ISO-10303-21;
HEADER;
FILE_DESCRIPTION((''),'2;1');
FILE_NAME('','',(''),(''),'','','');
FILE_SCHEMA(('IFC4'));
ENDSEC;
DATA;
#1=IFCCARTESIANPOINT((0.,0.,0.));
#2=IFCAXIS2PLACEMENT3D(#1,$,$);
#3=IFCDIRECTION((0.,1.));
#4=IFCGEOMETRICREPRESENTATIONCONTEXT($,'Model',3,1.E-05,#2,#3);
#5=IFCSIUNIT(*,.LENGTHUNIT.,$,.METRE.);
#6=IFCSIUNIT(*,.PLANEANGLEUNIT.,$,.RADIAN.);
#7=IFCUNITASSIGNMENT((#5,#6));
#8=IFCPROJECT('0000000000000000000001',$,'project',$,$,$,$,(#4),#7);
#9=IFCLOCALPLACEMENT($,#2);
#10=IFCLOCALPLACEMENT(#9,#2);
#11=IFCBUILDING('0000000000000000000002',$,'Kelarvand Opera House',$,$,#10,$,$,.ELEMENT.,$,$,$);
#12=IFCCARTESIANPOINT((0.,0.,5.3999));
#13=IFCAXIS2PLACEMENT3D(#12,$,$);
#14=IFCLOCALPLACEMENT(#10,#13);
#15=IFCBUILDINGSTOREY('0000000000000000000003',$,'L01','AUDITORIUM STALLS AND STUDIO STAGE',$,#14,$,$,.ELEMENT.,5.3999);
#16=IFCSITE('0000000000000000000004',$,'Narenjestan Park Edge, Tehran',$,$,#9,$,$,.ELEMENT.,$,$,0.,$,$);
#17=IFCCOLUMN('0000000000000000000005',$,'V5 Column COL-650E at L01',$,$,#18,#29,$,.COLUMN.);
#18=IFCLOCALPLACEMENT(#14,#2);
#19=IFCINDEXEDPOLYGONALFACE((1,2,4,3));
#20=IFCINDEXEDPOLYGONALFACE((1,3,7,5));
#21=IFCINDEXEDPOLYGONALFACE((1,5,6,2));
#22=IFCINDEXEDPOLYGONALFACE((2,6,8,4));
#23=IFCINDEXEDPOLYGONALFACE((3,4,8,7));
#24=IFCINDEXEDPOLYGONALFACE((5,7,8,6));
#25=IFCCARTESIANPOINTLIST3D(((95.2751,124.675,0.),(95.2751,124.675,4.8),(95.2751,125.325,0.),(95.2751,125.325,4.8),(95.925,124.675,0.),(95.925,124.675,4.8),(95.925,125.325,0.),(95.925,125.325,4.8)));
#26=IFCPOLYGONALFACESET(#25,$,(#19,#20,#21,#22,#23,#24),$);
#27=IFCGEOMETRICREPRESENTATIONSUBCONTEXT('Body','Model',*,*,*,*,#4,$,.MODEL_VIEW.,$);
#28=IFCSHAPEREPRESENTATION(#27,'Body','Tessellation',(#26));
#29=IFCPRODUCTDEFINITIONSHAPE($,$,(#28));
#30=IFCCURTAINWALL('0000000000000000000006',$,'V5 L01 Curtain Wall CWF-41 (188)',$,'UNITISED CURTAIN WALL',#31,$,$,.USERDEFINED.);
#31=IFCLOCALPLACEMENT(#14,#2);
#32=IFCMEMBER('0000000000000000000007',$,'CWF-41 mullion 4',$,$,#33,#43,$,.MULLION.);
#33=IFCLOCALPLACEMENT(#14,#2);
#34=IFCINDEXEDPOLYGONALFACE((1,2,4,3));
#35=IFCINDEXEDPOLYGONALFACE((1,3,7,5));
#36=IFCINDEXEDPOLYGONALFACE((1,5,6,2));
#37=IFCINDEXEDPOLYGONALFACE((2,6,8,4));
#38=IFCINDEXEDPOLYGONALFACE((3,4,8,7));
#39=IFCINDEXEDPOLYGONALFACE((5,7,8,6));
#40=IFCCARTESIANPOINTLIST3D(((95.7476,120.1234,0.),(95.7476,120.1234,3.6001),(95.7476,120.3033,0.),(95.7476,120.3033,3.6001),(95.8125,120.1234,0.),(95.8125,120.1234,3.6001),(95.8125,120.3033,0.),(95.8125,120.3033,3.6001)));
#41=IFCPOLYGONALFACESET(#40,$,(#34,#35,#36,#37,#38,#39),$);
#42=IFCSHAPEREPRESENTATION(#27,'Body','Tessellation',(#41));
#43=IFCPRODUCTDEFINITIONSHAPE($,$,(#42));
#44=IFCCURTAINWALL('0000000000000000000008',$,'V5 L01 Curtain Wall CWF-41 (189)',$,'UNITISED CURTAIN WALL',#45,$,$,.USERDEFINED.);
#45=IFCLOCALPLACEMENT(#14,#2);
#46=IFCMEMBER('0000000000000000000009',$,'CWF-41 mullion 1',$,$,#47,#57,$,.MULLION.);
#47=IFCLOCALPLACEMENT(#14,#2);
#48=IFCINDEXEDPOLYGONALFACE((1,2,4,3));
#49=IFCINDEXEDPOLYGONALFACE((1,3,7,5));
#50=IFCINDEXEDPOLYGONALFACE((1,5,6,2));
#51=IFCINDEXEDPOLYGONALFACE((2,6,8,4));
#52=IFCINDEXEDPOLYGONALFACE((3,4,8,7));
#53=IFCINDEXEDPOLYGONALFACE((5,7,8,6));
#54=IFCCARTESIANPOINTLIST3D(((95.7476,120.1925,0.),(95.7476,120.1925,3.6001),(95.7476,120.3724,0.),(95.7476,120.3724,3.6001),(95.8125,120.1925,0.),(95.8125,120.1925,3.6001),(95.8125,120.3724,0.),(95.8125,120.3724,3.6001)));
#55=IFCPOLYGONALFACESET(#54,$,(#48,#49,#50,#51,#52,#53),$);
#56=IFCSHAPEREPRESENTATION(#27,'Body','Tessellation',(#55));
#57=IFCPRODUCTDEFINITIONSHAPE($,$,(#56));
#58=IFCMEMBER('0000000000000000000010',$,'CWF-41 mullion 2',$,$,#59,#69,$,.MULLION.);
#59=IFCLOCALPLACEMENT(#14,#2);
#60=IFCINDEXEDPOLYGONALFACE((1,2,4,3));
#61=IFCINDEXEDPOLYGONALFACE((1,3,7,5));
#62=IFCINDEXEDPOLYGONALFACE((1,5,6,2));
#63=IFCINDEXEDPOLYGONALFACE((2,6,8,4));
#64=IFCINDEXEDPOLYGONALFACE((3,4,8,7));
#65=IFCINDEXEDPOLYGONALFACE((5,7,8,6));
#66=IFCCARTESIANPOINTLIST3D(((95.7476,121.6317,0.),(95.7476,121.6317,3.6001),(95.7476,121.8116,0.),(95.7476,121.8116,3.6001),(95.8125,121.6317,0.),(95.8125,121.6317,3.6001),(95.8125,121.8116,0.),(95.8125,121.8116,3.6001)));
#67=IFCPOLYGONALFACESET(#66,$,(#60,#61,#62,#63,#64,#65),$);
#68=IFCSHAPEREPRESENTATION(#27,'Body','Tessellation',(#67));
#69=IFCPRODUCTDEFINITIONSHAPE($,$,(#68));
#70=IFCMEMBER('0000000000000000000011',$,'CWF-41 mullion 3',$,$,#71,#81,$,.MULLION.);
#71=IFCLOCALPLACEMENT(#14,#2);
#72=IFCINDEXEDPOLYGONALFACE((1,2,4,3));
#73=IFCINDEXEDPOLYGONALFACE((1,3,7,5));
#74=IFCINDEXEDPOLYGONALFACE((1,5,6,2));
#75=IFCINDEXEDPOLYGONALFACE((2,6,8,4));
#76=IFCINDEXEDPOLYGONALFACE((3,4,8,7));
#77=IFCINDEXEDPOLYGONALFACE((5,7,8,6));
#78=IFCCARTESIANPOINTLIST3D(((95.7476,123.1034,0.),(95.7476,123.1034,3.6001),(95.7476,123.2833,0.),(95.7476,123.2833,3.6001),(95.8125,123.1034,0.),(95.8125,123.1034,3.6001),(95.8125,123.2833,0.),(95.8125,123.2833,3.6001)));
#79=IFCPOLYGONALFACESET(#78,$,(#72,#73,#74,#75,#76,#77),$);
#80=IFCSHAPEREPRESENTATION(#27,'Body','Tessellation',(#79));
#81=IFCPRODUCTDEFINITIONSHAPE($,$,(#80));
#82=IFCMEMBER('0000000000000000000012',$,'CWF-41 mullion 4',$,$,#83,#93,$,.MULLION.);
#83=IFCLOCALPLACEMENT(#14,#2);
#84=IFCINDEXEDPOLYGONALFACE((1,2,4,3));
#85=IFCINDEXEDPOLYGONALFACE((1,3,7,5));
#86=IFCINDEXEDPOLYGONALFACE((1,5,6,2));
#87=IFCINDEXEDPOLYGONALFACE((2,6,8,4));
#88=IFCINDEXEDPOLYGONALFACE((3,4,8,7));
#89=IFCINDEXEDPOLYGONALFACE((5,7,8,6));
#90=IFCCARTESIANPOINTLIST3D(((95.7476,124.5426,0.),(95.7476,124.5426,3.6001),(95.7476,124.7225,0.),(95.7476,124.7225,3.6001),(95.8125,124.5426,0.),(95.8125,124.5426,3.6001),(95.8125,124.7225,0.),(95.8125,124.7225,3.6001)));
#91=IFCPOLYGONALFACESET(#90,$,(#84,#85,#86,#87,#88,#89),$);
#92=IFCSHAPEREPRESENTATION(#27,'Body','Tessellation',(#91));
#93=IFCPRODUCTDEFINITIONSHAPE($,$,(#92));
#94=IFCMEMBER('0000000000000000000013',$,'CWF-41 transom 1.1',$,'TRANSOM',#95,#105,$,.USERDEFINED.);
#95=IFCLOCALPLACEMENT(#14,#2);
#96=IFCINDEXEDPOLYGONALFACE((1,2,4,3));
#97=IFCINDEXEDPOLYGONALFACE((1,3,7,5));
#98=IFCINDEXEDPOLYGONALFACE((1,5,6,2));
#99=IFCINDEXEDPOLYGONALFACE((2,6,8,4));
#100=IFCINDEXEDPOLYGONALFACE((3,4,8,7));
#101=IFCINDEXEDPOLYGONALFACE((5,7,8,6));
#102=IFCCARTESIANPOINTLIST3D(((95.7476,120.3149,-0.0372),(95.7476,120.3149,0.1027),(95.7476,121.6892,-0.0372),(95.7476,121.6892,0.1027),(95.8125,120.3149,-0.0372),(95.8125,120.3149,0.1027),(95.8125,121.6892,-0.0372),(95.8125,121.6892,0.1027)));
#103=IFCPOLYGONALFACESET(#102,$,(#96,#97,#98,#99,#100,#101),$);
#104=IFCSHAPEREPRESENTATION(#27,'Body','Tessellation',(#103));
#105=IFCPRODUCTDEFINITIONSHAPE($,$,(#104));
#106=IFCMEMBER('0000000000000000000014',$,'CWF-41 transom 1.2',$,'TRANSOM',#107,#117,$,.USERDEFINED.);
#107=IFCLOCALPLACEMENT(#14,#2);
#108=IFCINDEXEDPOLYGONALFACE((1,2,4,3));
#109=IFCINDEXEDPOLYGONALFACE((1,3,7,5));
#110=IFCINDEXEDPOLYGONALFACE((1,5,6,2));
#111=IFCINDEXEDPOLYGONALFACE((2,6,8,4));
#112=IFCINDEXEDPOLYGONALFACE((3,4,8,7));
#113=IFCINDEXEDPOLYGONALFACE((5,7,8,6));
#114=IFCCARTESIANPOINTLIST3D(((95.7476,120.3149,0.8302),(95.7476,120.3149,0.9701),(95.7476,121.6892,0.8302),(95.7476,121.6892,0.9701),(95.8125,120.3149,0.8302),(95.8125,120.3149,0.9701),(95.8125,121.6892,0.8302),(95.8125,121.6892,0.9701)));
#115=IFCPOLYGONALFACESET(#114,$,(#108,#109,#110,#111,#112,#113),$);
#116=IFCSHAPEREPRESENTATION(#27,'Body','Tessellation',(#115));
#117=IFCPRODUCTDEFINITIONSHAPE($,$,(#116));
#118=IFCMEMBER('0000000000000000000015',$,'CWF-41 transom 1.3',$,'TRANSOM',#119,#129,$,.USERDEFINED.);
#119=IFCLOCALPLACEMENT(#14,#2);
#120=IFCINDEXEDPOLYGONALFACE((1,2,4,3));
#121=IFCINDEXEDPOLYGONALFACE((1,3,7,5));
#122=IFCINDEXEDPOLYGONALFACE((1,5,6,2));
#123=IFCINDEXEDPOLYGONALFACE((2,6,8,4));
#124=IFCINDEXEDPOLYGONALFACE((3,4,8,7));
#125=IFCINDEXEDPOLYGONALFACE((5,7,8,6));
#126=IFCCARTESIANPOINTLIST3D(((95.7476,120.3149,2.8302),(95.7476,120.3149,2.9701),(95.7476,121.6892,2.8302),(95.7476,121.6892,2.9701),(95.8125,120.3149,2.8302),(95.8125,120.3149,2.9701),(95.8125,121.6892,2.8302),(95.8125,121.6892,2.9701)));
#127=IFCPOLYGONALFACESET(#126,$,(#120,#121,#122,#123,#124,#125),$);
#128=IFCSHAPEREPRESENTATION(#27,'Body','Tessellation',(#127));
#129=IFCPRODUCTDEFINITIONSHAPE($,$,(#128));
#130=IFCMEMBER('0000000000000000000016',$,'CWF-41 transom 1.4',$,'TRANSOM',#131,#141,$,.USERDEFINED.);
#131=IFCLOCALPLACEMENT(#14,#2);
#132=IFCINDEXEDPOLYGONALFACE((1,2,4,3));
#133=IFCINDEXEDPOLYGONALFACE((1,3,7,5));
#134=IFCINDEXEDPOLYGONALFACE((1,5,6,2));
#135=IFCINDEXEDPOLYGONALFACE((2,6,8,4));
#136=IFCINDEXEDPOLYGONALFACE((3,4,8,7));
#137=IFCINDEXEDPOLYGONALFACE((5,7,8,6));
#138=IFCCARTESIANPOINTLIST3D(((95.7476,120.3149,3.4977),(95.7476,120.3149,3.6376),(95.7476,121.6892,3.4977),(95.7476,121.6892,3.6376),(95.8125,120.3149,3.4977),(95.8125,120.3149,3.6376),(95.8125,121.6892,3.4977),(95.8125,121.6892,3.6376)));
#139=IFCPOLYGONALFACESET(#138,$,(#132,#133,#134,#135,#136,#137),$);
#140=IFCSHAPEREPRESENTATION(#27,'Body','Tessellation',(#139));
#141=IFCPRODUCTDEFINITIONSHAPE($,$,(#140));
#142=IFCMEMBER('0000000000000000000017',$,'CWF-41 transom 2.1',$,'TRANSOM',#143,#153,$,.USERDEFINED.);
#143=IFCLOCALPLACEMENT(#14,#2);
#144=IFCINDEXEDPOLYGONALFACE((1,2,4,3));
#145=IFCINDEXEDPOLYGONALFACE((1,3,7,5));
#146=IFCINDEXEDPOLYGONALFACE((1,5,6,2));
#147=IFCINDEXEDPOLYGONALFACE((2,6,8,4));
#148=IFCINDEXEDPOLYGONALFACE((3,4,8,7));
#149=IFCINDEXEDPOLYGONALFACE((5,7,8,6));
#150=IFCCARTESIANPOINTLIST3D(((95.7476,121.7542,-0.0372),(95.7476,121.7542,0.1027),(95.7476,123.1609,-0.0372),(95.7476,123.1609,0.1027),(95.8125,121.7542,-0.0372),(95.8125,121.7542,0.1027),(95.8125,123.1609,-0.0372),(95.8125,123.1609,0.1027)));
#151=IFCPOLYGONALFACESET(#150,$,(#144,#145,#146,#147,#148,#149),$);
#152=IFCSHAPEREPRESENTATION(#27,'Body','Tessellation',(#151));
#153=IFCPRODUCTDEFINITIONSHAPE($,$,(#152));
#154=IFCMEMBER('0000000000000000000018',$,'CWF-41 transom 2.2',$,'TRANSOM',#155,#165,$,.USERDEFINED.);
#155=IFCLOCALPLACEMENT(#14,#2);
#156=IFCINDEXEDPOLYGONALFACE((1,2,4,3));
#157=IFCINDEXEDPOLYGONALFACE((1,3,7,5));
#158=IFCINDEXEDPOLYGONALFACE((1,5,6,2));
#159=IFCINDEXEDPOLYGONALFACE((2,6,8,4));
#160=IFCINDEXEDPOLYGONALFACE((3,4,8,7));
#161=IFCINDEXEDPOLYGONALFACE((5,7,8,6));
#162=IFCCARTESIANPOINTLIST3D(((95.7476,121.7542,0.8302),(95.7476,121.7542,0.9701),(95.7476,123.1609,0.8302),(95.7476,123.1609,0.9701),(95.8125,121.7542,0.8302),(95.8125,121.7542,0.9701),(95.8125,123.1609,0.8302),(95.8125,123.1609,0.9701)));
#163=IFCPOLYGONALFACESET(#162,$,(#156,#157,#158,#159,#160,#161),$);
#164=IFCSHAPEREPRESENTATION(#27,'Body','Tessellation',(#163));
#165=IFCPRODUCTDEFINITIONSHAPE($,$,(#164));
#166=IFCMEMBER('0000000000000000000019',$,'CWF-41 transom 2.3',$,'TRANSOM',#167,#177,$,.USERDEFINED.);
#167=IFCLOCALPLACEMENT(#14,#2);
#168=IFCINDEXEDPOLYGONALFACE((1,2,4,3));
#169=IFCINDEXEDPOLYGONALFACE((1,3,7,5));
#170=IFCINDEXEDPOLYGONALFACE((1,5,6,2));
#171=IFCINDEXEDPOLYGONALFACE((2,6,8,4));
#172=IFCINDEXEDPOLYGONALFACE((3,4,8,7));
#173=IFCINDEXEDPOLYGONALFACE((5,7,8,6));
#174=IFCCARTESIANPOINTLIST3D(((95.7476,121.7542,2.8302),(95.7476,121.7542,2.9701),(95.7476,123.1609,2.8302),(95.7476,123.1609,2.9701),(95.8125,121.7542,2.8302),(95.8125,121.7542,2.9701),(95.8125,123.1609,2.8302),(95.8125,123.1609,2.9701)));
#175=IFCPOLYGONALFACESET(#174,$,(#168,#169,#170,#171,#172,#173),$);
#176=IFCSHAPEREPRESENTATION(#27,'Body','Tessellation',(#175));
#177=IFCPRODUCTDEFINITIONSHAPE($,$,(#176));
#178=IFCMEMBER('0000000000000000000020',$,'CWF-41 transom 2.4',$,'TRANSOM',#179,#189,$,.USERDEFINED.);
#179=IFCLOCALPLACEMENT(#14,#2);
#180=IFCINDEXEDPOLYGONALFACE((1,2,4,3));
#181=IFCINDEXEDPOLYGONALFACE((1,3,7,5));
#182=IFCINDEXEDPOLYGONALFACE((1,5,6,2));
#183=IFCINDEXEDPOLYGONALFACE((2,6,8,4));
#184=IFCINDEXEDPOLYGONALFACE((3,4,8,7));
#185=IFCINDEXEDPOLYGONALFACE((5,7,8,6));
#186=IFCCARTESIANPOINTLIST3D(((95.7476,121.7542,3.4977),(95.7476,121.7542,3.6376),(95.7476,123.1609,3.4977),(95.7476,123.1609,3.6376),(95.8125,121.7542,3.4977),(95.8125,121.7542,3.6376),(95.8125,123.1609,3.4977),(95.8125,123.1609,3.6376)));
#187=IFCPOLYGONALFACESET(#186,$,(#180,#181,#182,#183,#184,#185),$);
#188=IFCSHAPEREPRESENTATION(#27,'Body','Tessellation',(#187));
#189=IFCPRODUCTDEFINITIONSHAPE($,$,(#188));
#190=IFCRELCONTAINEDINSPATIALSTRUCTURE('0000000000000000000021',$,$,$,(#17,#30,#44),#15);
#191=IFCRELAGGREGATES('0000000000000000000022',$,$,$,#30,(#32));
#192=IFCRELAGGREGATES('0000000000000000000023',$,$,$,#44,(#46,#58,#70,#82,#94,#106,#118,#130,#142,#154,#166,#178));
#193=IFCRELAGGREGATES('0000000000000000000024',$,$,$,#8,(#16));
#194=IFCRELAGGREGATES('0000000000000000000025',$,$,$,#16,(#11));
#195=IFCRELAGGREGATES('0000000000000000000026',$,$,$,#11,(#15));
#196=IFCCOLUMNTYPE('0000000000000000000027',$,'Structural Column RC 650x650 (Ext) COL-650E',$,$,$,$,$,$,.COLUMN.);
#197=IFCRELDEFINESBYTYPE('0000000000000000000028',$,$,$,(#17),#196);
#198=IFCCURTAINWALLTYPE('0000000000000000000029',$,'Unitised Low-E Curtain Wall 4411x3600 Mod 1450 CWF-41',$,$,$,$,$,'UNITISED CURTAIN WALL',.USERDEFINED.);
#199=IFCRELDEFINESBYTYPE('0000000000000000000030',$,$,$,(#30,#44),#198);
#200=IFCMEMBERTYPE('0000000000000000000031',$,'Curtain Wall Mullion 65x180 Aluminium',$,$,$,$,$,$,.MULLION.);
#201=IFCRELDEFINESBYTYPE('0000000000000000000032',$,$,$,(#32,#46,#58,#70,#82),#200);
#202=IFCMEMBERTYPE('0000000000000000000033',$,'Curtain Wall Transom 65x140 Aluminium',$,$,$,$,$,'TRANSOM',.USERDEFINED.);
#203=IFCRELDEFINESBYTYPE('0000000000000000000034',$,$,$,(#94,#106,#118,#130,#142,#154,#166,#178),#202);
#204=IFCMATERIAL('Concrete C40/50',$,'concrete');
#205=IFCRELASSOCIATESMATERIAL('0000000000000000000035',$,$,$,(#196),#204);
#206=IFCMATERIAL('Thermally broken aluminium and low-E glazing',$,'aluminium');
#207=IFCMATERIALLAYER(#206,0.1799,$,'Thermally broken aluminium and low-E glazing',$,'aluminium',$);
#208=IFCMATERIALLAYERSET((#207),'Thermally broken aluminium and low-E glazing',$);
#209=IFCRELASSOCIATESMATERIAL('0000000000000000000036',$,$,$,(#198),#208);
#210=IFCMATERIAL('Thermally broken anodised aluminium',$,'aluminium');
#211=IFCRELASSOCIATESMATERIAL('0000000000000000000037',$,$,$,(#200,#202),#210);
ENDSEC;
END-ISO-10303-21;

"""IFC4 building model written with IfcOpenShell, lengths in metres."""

from ifc_helpers import new_model, si_unit, direction, frame, origin, origin_2d, place, context, subcontext, project, spatial, rectangle, extrude, material, layer, layer_set, material_profile, profile_set, type_object, element, aggregate, save


model = new_model("IFC4")

# Units and contexts
model_context = context("Model", 3, precision=1e-05, world=origin(), true_north=direction((0.0, 1.0)))
body_context = subcontext(model_context, "Body", "Model", "MODEL_VIEW")
ifc_project = project(units=[si_unit("LENGTHUNIT", "METRE"), si_unit("PLANEANGLEUNIT", "RADIAN")], contexts=[model_context])

# Site, building, storey
site_placement = place(None, origin())
site = spatial("IfcSite", under=ifc_project, at=site_placement, Name="Narenjestan Park Edge, Tehran", CompositionType="ELEMENT", RefElevation=0.0)
building_placement = place(site_placement, origin())
building = spatial("IfcBuilding", under=site, at=building_placement, Name="Kelarvand Opera House", CompositionType="ELEMENT")
storey_placement = place(building_placement, frame((0.0, 0.0, 5.3999)))
storey = spatial("IfcBuildingStorey", under=building, at=storey_placement, Name="L01", Description="AUDITORIUM STALLS AND STUDIO STAGE", CompositionType="ELEMENT", Elevation=5.3999)

# Column
ifc_material_1 = material(Name="Concrete C40/50", Category="concrete")
ifc_material_profile_1 = material_profile(ifc_material_1, rectangle(XDim=0.6499, YDim=0.6499, at=origin_2d()), Name="RC 650x650", Category="concrete")
ifc_profile_set_1 = profile_set([ifc_material_profile_1], Name="Concrete C40/50")
column_type = type_object("IfcColumnType", Name="Structural Column RC 650x650 (Ext) COL-650E", PredefinedType="COLUMN", material=ifc_profile_set_1)
column_placement = place(storey_placement, frame((95.6001, 125.0, 0.0), z_axis=(0.0, 0.0, 1.0), x_axis=(1.0, 0.0, 0.0)))
element("IfcColumn", 1, at=column_placement, inside=storey, type_object=column_type, Name="V5 Column COL-650E at L01", PredefinedType="COLUMN", context=body_context, shape_type="SweptSolid", body=[
    extrude(rectangle(XDim=0.6499, YDim=0.6499, at=origin_2d()), origin(), (0.0, 0.0, 1.0), 4.8),
])

# Curtain wall, member
ifc_material_2 = material(Name="Thermally broken aluminium and low-E glazing", Category="aluminium")
ifc_layer_1 = layer(ifc_material_2, 0.1799, Name="Thermally broken aluminium and low-E glazing", Category="aluminium")
ifc_layer_set_1 = layer_set([ifc_layer_1], Name="Thermally broken aluminium and low-E glazing")
curtain_wall_type = type_object("IfcCurtainWallType", Name="Unitised Low-E Curtain Wall 4411x3600 Mod 1450 CWF-41", ElementType="UNITISED CURTAIN WALL", PredefinedType="USERDEFINED", material=ifc_layer_set_1)
curtain_wall_1_placement = place(storey_placement, origin())
curtain_wall_1 = element("IfcCurtainWall", 2, at=curtain_wall_1_placement, inside=storey, type_object=curtain_wall_type, Name="V5 L01 Curtain Wall CWF-41 (188)", ObjectType="UNITISED CURTAIN WALL", PredefinedType="USERDEFINED")
ifc_material_3 = material(Name="Thermally broken anodised aluminium", Category="aluminium")
ifc_material_profile_2 = material_profile(ifc_material_3, rectangle(XDim=0.0649, YDim=0.1799, at=origin_2d()), Name="ALU MULLION 65x180", Category="aluminium")
ifc_profile_set_2 = profile_set([ifc_material_profile_2], Name="Thermally broken anodised aluminium")
member_type_1 = type_object("IfcMemberType", Name="Curtain Wall Mullion 65x180 Aluminium", PredefinedType="MULLION", material=ifc_profile_set_2)
member_1_placement = place(storey_placement, frame((95.78, 120.2134, 0.0), z_axis=(0.0, 0.0, 1.0), x_axis=(-1.0, 0.0, 0.0)))
member_1 = element("IfcMember", 3, at=member_1_placement, type_object=member_type_1, Name="CWF-41 mullion 4", PredefinedType="MULLION", context=body_context, shape_type="SweptSolid", body=[
    extrude(rectangle(XDim=0.0649, YDim=0.1799, at=origin_2d()), origin(), (0.0, 0.0, 1.0), 3.6001),
])

# Curtain wall, members
curtain_wall_2_placement = place(storey_placement, origin())
curtain_wall_2 = element("IfcCurtainWall", 4, at=curtain_wall_2_placement, inside=storey, type_object=curtain_wall_type, Name="V5 L01 Curtain Wall CWF-41 (189)", ObjectType="UNITISED CURTAIN WALL", PredefinedType="USERDEFINED")
member_2_placement = place(storey_placement, frame((95.78, 120.2825, 0.0), z_axis=(0.0, 0.0, 1.0), x_axis=(-1.0, 0.0, 0.0)))
member_2 = element("IfcMember", 5, at=member_2_placement, type_object=member_type_1, Name="CWF-41 mullion 1", PredefinedType="MULLION", context=body_context, shape_type="SweptSolid", body=[
    extrude(rectangle(XDim=0.0649, YDim=0.1799, at=origin_2d()), origin(), (0.0, 0.0, 1.0), 3.6001),
])
member_3_placement = place(storey_placement, frame((95.78, 121.7217, 0.0), z_axis=(0.0, 0.0, 1.0), x_axis=(-1.0, 0.0, 0.0)))
member_3 = element("IfcMember", 6, at=member_3_placement, type_object=member_type_1, Name="CWF-41 mullion 2", PredefinedType="MULLION", context=body_context, shape_type="SweptSolid", body=[
    extrude(rectangle(XDim=0.0649, YDim=0.1799, at=origin_2d()), origin(), (0.0, 0.0, 1.0), 3.6001),
])
member_4_placement = place(storey_placement, frame((95.78, 123.1934, 0.0), z_axis=(0.0, 0.0, 1.0), x_axis=(-1.0, 0.0, 0.0)))
member_4 = element("IfcMember", 7, at=member_4_placement, type_object=member_type_1, Name="CWF-41 mullion 3", PredefinedType="MULLION", context=body_context, shape_type="SweptSolid", body=[
    extrude(rectangle(XDim=0.0649, YDim=0.1799, at=origin_2d()), origin(), (0.0, 0.0, 1.0), 3.6001),
])
member_5_placement = place(storey_placement, frame((95.78, 124.6326, 0.0), z_axis=(0.0, 0.0, 1.0), x_axis=(-1.0, 0.0, 0.0)))
member_5 = element("IfcMember", 8, at=member_5_placement, type_object=member_type_1, Name="CWF-41 mullion 4", PredefinedType="MULLION", context=body_context, shape_type="SweptSolid", body=[
    extrude(rectangle(XDim=0.0649, YDim=0.1799, at=origin_2d()), origin(), (0.0, 0.0, 1.0), 3.6001),
])
ifc_material_profile_3 = material_profile(ifc_material_3, rectangle(XDim=0.0649, YDim=0.1399, at=origin_2d()), Name="ALU TRANSOM 65x140", Category="aluminium")
ifc_profile_set_3 = profile_set([ifc_material_profile_3], Name="Thermally broken anodised aluminium")
member_type_2 = type_object("IfcMemberType", Name="Curtain Wall Transom 65x140 Aluminium", ElementType="TRANSOM", PredefinedType="USERDEFINED", material=ifc_profile_set_3)
member_6_placement = place(storey_placement, frame((95.78, 120.3149, 0.0327), z_axis=(0.0, 1.0, 0.0), x_axis=(-1.0, 0.0, 0.0)))
member_6 = element("IfcMember", 9, at=member_6_placement, type_object=member_type_2, Name="CWF-41 transom 1.1", ObjectType="TRANSOM", PredefinedType="USERDEFINED", context=body_context, shape_type="SweptSolid", body=[
    extrude(rectangle(XDim=0.0649, YDim=0.1399, at=origin_2d()), origin(), (0.0, 0.0, 1.0), 1.3743),
])
member_7_placement = place(storey_placement, frame((95.78, 120.3149, 0.9001), z_axis=(0.0, 1.0, 0.0), x_axis=(-1.0, 0.0, 0.0)))
member_7 = element("IfcMember", 10, at=member_7_placement, type_object=member_type_2, Name="CWF-41 transom 1.2", ObjectType="TRANSOM", PredefinedType="USERDEFINED", context=body_context, shape_type="SweptSolid", body=[
    extrude(rectangle(XDim=0.0649, YDim=0.1399, at=origin_2d()), origin(), (0.0, 0.0, 1.0), 1.3743),
])
member_8_placement = place(storey_placement, frame((95.78, 120.3149, 2.9001), z_axis=(0.0, 1.0, 0.0), x_axis=(-1.0, 0.0, 0.0)))
member_8 = element("IfcMember", 11, at=member_8_placement, type_object=member_type_2, Name="CWF-41 transom 1.3", ObjectType="TRANSOM", PredefinedType="USERDEFINED", context=body_context, shape_type="SweptSolid", body=[
    extrude(rectangle(XDim=0.0649, YDim=0.1399, at=origin_2d()), origin(), (0.0, 0.0, 1.0), 1.3743),
])
member_9_placement = place(storey_placement, frame((95.78, 120.3149, 3.5676), z_axis=(0.0, 1.0, 0.0), x_axis=(-1.0, 0.0, 0.0)))
member_9 = element("IfcMember", 12, at=member_9_placement, type_object=member_type_2, Name="CWF-41 transom 1.4", ObjectType="TRANSOM", PredefinedType="USERDEFINED", context=body_context, shape_type="SweptSolid", body=[
    extrude(rectangle(XDim=0.0649, YDim=0.1399, at=origin_2d()), origin(), (0.0, 0.0, 1.0), 1.3743),
])
member_10_placement = place(storey_placement, frame((95.78, 121.7542, 0.0327), z_axis=(0.0, 1.0, 0.0), x_axis=(-1.0, 0.0, 0.0)))
member_10 = element("IfcMember", 13, at=member_10_placement, type_object=member_type_2, Name="CWF-41 transom 2.1", ObjectType="TRANSOM", PredefinedType="USERDEFINED", context=body_context, shape_type="SweptSolid", body=[
    extrude(rectangle(XDim=0.0649, YDim=0.1399, at=origin_2d()), origin(), (0.0, 0.0, 1.0), 1.4067),
])
member_11_placement = place(storey_placement, frame((95.78, 121.7542, 0.9001), z_axis=(0.0, 1.0, 0.0), x_axis=(-1.0, 0.0, 0.0)))
member_11 = element("IfcMember", 14, at=member_11_placement, type_object=member_type_2, Name="CWF-41 transom 2.2", ObjectType="TRANSOM", PredefinedType="USERDEFINED", context=body_context, shape_type="SweptSolid", body=[
    extrude(rectangle(XDim=0.0649, YDim=0.1399, at=origin_2d()), origin(), (0.0, 0.0, 1.0), 1.4067),
])
member_12_placement = place(storey_placement, frame((95.78, 121.7542, 2.9001), z_axis=(0.0, 1.0, 0.0), x_axis=(-1.0, 0.0, 0.0)))
member_12 = element("IfcMember", 15, at=member_12_placement, type_object=member_type_2, Name="CWF-41 transom 2.3", ObjectType="TRANSOM", PredefinedType="USERDEFINED", context=body_context, shape_type="SweptSolid", body=[
    extrude(rectangle(XDim=0.0649, YDim=0.1399, at=origin_2d()), origin(), (0.0, 0.0, 1.0), 1.4067),
])
member_13_placement = place(storey_placement, frame((95.78, 121.7542, 3.5676), z_axis=(0.0, 1.0, 0.0), x_axis=(-1.0, 0.0, 0.0)))
member_13 = element("IfcMember", 16, at=member_13_placement, type_object=member_type_2, Name="CWF-41 transom 2.4", ObjectType="TRANSOM", PredefinedType="USERDEFINED", context=body_context, shape_type="SweptSolid", body=[
    extrude(rectangle(XDim=0.0649, YDim=0.1399, at=origin_2d()), origin(), (0.0, 0.0, 1.0), 1.4067),
])

aggregate(curtain_wall_1, [member_1])
aggregate(curtain_wall_2, [member_2, member_3, member_4, member_5, member_6, member_7, member_8, member_9, member_10, member_11, member_12, member_13])

save(model, "model.ifc")
